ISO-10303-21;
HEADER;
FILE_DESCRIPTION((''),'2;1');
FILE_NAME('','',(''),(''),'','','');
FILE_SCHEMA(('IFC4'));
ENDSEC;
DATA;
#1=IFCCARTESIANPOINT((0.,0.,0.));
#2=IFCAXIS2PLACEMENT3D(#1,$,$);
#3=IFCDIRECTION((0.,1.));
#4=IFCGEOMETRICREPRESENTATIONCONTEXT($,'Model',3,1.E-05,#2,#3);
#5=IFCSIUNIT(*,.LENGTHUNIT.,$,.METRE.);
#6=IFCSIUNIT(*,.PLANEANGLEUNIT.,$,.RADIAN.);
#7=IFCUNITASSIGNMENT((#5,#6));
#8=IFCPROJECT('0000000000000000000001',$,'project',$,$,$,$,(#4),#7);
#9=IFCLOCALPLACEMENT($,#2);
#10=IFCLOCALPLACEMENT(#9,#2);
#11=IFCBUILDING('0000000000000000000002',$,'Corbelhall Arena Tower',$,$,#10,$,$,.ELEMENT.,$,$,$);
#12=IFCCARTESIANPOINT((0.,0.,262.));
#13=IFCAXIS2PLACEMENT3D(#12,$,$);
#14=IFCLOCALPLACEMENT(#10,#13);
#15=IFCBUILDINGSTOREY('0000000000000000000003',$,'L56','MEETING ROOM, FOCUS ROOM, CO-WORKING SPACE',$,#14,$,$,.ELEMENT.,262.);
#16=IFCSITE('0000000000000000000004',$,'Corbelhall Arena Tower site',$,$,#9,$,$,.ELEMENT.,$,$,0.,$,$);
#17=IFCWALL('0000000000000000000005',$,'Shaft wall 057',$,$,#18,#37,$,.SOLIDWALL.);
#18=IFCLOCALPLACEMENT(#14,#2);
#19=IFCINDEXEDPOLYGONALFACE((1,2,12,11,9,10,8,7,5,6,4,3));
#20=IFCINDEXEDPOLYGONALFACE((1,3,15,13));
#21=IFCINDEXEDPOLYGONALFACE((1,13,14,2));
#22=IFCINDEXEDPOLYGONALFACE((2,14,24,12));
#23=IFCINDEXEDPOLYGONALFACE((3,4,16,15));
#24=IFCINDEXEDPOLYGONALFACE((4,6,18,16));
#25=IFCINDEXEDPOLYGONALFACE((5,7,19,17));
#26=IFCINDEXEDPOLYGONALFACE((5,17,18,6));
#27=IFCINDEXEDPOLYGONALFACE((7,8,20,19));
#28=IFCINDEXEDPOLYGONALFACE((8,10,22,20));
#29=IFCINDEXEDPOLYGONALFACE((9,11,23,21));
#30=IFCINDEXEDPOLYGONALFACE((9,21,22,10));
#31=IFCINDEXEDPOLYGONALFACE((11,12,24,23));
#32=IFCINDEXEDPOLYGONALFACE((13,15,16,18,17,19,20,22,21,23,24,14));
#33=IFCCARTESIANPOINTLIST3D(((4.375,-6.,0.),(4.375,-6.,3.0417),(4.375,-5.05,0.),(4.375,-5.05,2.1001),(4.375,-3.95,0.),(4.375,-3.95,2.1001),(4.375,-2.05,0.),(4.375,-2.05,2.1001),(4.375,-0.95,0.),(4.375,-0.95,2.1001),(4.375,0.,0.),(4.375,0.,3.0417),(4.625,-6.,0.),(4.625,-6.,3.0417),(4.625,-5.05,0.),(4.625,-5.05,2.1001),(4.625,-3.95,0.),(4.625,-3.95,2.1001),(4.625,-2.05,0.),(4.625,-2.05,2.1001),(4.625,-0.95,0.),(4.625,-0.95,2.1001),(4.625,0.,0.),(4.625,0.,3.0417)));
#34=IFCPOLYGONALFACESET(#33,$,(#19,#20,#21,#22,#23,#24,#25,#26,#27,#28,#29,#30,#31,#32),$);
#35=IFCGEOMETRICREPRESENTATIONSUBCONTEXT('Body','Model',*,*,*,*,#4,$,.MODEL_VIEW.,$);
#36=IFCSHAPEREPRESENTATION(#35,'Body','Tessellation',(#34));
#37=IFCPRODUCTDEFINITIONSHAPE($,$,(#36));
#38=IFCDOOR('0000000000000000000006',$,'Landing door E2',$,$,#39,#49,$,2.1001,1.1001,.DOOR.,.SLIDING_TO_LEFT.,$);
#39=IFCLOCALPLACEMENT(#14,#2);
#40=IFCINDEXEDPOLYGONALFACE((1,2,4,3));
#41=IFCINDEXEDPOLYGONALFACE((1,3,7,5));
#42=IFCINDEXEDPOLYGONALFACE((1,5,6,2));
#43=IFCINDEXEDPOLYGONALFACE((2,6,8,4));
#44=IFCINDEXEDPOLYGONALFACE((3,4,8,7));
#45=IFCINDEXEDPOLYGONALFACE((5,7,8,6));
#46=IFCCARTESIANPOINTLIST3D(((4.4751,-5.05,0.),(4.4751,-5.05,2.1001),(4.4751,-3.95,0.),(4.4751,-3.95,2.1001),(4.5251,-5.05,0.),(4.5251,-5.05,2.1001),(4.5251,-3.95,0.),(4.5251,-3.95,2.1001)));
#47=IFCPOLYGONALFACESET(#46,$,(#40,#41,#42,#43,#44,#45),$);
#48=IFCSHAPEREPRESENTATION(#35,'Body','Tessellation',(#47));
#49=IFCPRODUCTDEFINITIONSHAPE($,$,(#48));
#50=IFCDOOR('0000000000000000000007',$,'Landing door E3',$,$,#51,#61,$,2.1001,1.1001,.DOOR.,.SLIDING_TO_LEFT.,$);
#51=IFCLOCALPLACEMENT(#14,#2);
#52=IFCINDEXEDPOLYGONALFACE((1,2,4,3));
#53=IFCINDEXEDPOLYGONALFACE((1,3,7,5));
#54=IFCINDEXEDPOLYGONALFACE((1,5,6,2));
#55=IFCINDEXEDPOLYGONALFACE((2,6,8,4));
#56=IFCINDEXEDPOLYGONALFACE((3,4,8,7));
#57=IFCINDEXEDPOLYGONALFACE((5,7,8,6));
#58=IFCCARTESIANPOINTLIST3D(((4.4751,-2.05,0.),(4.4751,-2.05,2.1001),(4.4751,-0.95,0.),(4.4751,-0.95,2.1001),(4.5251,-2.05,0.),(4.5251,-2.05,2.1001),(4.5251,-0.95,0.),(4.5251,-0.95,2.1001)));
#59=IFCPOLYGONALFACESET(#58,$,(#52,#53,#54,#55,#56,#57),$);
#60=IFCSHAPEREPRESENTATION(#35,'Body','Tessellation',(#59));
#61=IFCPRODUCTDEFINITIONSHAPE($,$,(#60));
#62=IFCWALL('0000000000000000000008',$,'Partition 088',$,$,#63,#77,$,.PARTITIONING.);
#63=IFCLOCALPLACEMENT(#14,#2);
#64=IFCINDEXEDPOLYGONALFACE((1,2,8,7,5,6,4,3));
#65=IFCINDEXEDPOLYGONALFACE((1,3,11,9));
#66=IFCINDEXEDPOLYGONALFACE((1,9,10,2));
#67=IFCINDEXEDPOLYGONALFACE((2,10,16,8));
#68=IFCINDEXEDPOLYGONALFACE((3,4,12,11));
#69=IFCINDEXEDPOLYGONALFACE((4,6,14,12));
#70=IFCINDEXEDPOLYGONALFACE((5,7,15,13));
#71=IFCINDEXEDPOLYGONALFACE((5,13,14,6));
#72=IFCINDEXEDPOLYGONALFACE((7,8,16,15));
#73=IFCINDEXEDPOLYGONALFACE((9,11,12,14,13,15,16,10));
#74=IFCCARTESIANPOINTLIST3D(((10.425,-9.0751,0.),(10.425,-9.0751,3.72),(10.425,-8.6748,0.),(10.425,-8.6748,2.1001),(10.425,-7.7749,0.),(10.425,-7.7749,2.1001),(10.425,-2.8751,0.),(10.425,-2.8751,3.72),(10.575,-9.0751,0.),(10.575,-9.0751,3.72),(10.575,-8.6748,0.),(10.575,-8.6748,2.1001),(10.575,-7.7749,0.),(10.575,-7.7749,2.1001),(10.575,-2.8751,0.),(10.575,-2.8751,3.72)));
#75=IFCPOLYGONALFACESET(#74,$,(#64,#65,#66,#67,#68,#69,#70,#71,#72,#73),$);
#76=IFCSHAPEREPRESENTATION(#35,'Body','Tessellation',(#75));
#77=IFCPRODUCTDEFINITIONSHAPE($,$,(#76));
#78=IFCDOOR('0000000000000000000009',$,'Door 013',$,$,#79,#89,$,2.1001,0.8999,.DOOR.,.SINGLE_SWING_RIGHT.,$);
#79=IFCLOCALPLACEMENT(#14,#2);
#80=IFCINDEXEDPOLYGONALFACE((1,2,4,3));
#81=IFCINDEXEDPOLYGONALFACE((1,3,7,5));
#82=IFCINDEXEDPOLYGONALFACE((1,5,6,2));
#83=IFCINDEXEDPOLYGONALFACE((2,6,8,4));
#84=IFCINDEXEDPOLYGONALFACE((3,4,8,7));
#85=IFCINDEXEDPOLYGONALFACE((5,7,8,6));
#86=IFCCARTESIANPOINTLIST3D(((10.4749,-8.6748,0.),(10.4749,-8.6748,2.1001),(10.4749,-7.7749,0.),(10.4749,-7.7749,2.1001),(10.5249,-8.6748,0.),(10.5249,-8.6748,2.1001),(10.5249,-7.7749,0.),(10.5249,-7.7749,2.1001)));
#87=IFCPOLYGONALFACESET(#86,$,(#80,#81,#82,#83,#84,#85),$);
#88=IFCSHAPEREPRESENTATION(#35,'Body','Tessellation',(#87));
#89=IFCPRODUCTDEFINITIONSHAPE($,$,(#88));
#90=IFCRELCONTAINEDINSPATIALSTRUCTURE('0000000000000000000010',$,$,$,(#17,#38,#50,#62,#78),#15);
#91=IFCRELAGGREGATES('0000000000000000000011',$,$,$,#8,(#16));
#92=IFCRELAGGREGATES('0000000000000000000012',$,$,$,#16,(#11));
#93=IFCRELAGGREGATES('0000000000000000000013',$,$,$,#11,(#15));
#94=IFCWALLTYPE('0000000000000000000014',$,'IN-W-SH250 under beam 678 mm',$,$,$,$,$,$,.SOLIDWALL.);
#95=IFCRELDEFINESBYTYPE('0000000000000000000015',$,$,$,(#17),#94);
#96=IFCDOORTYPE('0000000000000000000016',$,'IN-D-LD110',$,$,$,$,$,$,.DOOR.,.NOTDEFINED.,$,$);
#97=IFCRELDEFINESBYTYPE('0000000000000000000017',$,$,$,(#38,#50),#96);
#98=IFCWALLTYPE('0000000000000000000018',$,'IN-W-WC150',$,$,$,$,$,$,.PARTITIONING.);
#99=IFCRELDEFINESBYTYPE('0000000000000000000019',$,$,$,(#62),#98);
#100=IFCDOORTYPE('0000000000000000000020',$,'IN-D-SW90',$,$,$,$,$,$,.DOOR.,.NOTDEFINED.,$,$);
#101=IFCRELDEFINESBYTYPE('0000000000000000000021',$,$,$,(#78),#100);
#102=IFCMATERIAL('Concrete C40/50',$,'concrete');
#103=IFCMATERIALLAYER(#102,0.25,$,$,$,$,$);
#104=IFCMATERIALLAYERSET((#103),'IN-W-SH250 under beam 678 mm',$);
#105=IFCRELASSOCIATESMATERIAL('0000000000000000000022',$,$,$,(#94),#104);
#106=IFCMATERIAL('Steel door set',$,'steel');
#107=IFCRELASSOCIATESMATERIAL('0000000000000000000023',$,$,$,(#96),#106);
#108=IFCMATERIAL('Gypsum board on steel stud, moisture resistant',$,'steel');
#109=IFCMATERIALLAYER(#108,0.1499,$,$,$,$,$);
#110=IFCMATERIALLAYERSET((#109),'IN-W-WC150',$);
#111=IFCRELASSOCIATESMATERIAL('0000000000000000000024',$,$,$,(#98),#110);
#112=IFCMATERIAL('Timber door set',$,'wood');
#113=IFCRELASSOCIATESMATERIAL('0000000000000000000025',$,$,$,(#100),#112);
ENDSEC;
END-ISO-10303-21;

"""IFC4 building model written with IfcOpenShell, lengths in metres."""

from ifc_helpers import new_model, si_unit, direction, frame, frame_2d, origin, place, context, subcontext, project, spatial, rectangle, extrude, material, layer, layer_set, type_object, element, fill, save


model = new_model("IFC4")

# Units and contexts
model_context = context("Model", 3, precision=1e-05, world=origin(), true_north=direction((0.0, 1.0)))
body_context = subcontext(model_context, "Body", "Model", "MODEL_VIEW")
ifc_project = project(units=[si_unit("LENGTHUNIT", "METRE"), si_unit("PLANEANGLEUNIT", "RADIAN")], contexts=[model_context])

# Site, building, storey
site_placement = place(None, origin())
site = spatial("IfcSite", under=ifc_project, at=site_placement, Name="Corbelhall Arena Tower site", CompositionType="ELEMENT", RefElevation=0.0)
building_placement = place(site_placement, origin())
building = spatial("IfcBuilding", under=site, at=building_placement, Name="Corbelhall Arena Tower", CompositionType="ELEMENT")
storey_placement = place(building_placement, frame((0.0, 0.0, 262.0)))
storey = spatial("IfcBuildingStorey", under=building, at=storey_placement, Name="L56", Description="MEETING ROOM, FOCUS ROOM, CO-WORKING SPACE", CompositionType="ELEMENT", Elevation=262.0)

# Shared definitions
ifc_material_1 = material(Name="Concrete C40/50", Category="concrete")

# Shared definitions
ifc_material_2 = material(Name="Steel door set", Category="steel")

# Wall, openings, doors
ifc_layer_1 = layer(ifc_material_1, 0.25)
ifc_layer_set_1 = layer_set([ifc_layer_1], Name="IN-W-SH250 under beam 678 mm")
wall_type_1 = type_object("IfcWallType", Name="IN-W-SH250 under beam 678 mm", PredefinedType="SOLIDWALL", material=ifc_layer_set_1)
wall_1_placement = place(storey_placement, frame((4.5, -6.0, 0.0), z_axis=(0.0, 0.0, 1.0), x_axis=(0.0, 1.0, 0.0)))
wall_1 = element("IfcWall", 1, at=wall_1_placement, inside=storey, type_object=wall_type_1, Name="Shaft wall 057", PredefinedType="SOLIDWALL", context=body_context, shape_type="SweptSolid", body=[
    extrude(rectangle(XDim=6.0, YDim=0.25, at=frame_2d((3.0, 0.0))), origin(), (0.0, 0.0, 1.0), 3.0417),
])
opening_1_placement = place(wall_1_placement, frame((0.95, 0.0, 0.0)))
opening_1 = element("IfcOpeningElement", 2, at=opening_1_placement, cuts=wall_1, PredefinedType="OPENING", context=body_context, shape_type="SweptSolid", body=[
    extrude(rectangle(XDim=1.1001, YDim=2.1001, at=frame_2d((0.55, 1.05))), frame((0.0, 0.125, 0.0), z_axis=(0.0, -1.0, 0.0), x_axis=(1.0, 0.0, 0.0)), (0.0, 0.0, 1.0), 0.25),
])
opening_2_placement = place(wall_1_placement, frame((3.95, 0.0, 0.0)))
opening_2 = element("IfcOpeningElement", 3, at=opening_2_placement, cuts=wall_1, PredefinedType="OPENING", context=body_context, shape_type="SweptSolid", body=[
    extrude(rectangle(XDim=1.1001, YDim=2.1001, at=frame_2d((0.55, 1.05))), frame((0.0, 0.125, 0.0), z_axis=(0.0, -1.0, 0.0), x_axis=(1.0, 0.0, 0.0)), (0.0, 0.0, 1.0), 0.25),
])
door_type_1 = type_object("IfcDoorType", Name="IN-D-LD110", OperationType="NOTDEFINED", PredefinedType="DOOR", material=ifc_material_2)
door_1_placement = place(opening_1_placement, origin())
door_1 = element("IfcDoor", 4, at=door_1_placement, inside=storey, type_object=door_type_1, Name="Landing door E2", OperationType="SLIDING_TO_LEFT", OverallHeight=2.1001, OverallWidth=1.1001, PredefinedType="DOOR", context=body_context, shape_type="SweptSolid", body=[
    extrude(rectangle(XDim=1.1001, YDim=2.1001, at=frame_2d((0.55, 1.05))), frame((0.0, 0.0249, 0.0), z_axis=(0.0, -1.0, 0.0), x_axis=(1.0, 0.0, 0.0)), (0.0, 0.0, 1.0), 0.05),
])
fill(opening_1, door_1)
door_2_placement = place(opening_2_placement, origin())
door_2 = element("IfcDoor", 5, at=door_2_placement, inside=storey, type_object=door_type_1, Name="Landing door E3", OperationType="SLIDING_TO_LEFT", OverallHeight=2.1001, OverallWidth=1.1001, PredefinedType="DOOR", context=body_context, shape_type="SweptSolid", body=[
    extrude(rectangle(XDim=1.1001, YDim=2.1001, at=frame_2d((0.55, 1.05))), frame((0.0, 0.0249, 0.0), z_axis=(0.0, -1.0, 0.0), x_axis=(1.0, 0.0, 0.0)), (0.0, 0.0, 1.0), 0.05),
])
fill(opening_2, door_2)

# Wall, opening, door
ifc_material_3 = material(Name="Gypsum board on steel stud, moisture resistant", Category="steel")
ifc_layer_2 = layer(ifc_material_3, 0.1499)
ifc_layer_set_2 = layer_set([ifc_layer_2], Name="IN-W-WC150")
wall_type_2 = type_object("IfcWallType", Name="IN-W-WC150", PredefinedType="PARTITIONING", material=ifc_layer_set_2)
wall_2_placement = place(storey_placement, frame((10.5, -2.875, 0.0), z_axis=(0.0, 0.0, 1.0), x_axis=(0.0, -1.0, 0.0)))
wall_2 = element("IfcWall", 6, at=wall_2_placement, inside=storey, type_object=wall_type_2, Name="Partition 088", PredefinedType="PARTITIONING", context=body_context, shape_type="SweptSolid", body=[
    extrude(rectangle(XDim=6.2, YDim=0.1499, at=frame_2d((3.1001, 0.0))), origin(), (0.0, 0.0, 1.0), 3.72),
])
opening_3_placement = place(wall_2_placement, frame((4.8999, 0.0, 0.0)))
opening_3 = element("IfcOpeningElement", 7, at=opening_3_placement, cuts=wall_2, PredefinedType="OPENING", context=body_context, shape_type="SweptSolid", body=[
    extrude(rectangle(XDim=0.8999, YDim=2.1001, at=frame_2d((0.45, 1.05))), frame((0.0, 0.075, 0.0), z_axis=(0.0, -1.0, 0.0), x_axis=(1.0, 0.0, 0.0)), (0.0, 0.0, 1.0), 0.1499),
])
ifc_material_4 = material(Name="Timber door set", Category="wood")
door_type_2 = type_object("IfcDoorType", Name="IN-D-SW90", OperationType="NOTDEFINED", PredefinedType="DOOR", material=ifc_material_4)
door_3_placement = place(opening_3_placement, origin())
door_3 = element("IfcDoor", 8, at=door_3_placement, inside=storey, type_object=door_type_2, Name="Door 013", OperationType="SINGLE_SWING_RIGHT", OverallHeight=2.1001, OverallWidth=0.8999, PredefinedType="DOOR", context=body_context, shape_type="SweptSolid", body=[
    extrude(rectangle(XDim=0.8999, YDim=2.1001, at=frame_2d((0.45, 1.05))), frame((0.0, 0.0249, 0.0), z_axis=(0.0, -1.0, 0.0), x_axis=(1.0, 0.0, 0.0)), (0.0, 0.0, 1.0), 0.05),
])
fill(opening_3, door_3)

save(model, "model.ifc")
